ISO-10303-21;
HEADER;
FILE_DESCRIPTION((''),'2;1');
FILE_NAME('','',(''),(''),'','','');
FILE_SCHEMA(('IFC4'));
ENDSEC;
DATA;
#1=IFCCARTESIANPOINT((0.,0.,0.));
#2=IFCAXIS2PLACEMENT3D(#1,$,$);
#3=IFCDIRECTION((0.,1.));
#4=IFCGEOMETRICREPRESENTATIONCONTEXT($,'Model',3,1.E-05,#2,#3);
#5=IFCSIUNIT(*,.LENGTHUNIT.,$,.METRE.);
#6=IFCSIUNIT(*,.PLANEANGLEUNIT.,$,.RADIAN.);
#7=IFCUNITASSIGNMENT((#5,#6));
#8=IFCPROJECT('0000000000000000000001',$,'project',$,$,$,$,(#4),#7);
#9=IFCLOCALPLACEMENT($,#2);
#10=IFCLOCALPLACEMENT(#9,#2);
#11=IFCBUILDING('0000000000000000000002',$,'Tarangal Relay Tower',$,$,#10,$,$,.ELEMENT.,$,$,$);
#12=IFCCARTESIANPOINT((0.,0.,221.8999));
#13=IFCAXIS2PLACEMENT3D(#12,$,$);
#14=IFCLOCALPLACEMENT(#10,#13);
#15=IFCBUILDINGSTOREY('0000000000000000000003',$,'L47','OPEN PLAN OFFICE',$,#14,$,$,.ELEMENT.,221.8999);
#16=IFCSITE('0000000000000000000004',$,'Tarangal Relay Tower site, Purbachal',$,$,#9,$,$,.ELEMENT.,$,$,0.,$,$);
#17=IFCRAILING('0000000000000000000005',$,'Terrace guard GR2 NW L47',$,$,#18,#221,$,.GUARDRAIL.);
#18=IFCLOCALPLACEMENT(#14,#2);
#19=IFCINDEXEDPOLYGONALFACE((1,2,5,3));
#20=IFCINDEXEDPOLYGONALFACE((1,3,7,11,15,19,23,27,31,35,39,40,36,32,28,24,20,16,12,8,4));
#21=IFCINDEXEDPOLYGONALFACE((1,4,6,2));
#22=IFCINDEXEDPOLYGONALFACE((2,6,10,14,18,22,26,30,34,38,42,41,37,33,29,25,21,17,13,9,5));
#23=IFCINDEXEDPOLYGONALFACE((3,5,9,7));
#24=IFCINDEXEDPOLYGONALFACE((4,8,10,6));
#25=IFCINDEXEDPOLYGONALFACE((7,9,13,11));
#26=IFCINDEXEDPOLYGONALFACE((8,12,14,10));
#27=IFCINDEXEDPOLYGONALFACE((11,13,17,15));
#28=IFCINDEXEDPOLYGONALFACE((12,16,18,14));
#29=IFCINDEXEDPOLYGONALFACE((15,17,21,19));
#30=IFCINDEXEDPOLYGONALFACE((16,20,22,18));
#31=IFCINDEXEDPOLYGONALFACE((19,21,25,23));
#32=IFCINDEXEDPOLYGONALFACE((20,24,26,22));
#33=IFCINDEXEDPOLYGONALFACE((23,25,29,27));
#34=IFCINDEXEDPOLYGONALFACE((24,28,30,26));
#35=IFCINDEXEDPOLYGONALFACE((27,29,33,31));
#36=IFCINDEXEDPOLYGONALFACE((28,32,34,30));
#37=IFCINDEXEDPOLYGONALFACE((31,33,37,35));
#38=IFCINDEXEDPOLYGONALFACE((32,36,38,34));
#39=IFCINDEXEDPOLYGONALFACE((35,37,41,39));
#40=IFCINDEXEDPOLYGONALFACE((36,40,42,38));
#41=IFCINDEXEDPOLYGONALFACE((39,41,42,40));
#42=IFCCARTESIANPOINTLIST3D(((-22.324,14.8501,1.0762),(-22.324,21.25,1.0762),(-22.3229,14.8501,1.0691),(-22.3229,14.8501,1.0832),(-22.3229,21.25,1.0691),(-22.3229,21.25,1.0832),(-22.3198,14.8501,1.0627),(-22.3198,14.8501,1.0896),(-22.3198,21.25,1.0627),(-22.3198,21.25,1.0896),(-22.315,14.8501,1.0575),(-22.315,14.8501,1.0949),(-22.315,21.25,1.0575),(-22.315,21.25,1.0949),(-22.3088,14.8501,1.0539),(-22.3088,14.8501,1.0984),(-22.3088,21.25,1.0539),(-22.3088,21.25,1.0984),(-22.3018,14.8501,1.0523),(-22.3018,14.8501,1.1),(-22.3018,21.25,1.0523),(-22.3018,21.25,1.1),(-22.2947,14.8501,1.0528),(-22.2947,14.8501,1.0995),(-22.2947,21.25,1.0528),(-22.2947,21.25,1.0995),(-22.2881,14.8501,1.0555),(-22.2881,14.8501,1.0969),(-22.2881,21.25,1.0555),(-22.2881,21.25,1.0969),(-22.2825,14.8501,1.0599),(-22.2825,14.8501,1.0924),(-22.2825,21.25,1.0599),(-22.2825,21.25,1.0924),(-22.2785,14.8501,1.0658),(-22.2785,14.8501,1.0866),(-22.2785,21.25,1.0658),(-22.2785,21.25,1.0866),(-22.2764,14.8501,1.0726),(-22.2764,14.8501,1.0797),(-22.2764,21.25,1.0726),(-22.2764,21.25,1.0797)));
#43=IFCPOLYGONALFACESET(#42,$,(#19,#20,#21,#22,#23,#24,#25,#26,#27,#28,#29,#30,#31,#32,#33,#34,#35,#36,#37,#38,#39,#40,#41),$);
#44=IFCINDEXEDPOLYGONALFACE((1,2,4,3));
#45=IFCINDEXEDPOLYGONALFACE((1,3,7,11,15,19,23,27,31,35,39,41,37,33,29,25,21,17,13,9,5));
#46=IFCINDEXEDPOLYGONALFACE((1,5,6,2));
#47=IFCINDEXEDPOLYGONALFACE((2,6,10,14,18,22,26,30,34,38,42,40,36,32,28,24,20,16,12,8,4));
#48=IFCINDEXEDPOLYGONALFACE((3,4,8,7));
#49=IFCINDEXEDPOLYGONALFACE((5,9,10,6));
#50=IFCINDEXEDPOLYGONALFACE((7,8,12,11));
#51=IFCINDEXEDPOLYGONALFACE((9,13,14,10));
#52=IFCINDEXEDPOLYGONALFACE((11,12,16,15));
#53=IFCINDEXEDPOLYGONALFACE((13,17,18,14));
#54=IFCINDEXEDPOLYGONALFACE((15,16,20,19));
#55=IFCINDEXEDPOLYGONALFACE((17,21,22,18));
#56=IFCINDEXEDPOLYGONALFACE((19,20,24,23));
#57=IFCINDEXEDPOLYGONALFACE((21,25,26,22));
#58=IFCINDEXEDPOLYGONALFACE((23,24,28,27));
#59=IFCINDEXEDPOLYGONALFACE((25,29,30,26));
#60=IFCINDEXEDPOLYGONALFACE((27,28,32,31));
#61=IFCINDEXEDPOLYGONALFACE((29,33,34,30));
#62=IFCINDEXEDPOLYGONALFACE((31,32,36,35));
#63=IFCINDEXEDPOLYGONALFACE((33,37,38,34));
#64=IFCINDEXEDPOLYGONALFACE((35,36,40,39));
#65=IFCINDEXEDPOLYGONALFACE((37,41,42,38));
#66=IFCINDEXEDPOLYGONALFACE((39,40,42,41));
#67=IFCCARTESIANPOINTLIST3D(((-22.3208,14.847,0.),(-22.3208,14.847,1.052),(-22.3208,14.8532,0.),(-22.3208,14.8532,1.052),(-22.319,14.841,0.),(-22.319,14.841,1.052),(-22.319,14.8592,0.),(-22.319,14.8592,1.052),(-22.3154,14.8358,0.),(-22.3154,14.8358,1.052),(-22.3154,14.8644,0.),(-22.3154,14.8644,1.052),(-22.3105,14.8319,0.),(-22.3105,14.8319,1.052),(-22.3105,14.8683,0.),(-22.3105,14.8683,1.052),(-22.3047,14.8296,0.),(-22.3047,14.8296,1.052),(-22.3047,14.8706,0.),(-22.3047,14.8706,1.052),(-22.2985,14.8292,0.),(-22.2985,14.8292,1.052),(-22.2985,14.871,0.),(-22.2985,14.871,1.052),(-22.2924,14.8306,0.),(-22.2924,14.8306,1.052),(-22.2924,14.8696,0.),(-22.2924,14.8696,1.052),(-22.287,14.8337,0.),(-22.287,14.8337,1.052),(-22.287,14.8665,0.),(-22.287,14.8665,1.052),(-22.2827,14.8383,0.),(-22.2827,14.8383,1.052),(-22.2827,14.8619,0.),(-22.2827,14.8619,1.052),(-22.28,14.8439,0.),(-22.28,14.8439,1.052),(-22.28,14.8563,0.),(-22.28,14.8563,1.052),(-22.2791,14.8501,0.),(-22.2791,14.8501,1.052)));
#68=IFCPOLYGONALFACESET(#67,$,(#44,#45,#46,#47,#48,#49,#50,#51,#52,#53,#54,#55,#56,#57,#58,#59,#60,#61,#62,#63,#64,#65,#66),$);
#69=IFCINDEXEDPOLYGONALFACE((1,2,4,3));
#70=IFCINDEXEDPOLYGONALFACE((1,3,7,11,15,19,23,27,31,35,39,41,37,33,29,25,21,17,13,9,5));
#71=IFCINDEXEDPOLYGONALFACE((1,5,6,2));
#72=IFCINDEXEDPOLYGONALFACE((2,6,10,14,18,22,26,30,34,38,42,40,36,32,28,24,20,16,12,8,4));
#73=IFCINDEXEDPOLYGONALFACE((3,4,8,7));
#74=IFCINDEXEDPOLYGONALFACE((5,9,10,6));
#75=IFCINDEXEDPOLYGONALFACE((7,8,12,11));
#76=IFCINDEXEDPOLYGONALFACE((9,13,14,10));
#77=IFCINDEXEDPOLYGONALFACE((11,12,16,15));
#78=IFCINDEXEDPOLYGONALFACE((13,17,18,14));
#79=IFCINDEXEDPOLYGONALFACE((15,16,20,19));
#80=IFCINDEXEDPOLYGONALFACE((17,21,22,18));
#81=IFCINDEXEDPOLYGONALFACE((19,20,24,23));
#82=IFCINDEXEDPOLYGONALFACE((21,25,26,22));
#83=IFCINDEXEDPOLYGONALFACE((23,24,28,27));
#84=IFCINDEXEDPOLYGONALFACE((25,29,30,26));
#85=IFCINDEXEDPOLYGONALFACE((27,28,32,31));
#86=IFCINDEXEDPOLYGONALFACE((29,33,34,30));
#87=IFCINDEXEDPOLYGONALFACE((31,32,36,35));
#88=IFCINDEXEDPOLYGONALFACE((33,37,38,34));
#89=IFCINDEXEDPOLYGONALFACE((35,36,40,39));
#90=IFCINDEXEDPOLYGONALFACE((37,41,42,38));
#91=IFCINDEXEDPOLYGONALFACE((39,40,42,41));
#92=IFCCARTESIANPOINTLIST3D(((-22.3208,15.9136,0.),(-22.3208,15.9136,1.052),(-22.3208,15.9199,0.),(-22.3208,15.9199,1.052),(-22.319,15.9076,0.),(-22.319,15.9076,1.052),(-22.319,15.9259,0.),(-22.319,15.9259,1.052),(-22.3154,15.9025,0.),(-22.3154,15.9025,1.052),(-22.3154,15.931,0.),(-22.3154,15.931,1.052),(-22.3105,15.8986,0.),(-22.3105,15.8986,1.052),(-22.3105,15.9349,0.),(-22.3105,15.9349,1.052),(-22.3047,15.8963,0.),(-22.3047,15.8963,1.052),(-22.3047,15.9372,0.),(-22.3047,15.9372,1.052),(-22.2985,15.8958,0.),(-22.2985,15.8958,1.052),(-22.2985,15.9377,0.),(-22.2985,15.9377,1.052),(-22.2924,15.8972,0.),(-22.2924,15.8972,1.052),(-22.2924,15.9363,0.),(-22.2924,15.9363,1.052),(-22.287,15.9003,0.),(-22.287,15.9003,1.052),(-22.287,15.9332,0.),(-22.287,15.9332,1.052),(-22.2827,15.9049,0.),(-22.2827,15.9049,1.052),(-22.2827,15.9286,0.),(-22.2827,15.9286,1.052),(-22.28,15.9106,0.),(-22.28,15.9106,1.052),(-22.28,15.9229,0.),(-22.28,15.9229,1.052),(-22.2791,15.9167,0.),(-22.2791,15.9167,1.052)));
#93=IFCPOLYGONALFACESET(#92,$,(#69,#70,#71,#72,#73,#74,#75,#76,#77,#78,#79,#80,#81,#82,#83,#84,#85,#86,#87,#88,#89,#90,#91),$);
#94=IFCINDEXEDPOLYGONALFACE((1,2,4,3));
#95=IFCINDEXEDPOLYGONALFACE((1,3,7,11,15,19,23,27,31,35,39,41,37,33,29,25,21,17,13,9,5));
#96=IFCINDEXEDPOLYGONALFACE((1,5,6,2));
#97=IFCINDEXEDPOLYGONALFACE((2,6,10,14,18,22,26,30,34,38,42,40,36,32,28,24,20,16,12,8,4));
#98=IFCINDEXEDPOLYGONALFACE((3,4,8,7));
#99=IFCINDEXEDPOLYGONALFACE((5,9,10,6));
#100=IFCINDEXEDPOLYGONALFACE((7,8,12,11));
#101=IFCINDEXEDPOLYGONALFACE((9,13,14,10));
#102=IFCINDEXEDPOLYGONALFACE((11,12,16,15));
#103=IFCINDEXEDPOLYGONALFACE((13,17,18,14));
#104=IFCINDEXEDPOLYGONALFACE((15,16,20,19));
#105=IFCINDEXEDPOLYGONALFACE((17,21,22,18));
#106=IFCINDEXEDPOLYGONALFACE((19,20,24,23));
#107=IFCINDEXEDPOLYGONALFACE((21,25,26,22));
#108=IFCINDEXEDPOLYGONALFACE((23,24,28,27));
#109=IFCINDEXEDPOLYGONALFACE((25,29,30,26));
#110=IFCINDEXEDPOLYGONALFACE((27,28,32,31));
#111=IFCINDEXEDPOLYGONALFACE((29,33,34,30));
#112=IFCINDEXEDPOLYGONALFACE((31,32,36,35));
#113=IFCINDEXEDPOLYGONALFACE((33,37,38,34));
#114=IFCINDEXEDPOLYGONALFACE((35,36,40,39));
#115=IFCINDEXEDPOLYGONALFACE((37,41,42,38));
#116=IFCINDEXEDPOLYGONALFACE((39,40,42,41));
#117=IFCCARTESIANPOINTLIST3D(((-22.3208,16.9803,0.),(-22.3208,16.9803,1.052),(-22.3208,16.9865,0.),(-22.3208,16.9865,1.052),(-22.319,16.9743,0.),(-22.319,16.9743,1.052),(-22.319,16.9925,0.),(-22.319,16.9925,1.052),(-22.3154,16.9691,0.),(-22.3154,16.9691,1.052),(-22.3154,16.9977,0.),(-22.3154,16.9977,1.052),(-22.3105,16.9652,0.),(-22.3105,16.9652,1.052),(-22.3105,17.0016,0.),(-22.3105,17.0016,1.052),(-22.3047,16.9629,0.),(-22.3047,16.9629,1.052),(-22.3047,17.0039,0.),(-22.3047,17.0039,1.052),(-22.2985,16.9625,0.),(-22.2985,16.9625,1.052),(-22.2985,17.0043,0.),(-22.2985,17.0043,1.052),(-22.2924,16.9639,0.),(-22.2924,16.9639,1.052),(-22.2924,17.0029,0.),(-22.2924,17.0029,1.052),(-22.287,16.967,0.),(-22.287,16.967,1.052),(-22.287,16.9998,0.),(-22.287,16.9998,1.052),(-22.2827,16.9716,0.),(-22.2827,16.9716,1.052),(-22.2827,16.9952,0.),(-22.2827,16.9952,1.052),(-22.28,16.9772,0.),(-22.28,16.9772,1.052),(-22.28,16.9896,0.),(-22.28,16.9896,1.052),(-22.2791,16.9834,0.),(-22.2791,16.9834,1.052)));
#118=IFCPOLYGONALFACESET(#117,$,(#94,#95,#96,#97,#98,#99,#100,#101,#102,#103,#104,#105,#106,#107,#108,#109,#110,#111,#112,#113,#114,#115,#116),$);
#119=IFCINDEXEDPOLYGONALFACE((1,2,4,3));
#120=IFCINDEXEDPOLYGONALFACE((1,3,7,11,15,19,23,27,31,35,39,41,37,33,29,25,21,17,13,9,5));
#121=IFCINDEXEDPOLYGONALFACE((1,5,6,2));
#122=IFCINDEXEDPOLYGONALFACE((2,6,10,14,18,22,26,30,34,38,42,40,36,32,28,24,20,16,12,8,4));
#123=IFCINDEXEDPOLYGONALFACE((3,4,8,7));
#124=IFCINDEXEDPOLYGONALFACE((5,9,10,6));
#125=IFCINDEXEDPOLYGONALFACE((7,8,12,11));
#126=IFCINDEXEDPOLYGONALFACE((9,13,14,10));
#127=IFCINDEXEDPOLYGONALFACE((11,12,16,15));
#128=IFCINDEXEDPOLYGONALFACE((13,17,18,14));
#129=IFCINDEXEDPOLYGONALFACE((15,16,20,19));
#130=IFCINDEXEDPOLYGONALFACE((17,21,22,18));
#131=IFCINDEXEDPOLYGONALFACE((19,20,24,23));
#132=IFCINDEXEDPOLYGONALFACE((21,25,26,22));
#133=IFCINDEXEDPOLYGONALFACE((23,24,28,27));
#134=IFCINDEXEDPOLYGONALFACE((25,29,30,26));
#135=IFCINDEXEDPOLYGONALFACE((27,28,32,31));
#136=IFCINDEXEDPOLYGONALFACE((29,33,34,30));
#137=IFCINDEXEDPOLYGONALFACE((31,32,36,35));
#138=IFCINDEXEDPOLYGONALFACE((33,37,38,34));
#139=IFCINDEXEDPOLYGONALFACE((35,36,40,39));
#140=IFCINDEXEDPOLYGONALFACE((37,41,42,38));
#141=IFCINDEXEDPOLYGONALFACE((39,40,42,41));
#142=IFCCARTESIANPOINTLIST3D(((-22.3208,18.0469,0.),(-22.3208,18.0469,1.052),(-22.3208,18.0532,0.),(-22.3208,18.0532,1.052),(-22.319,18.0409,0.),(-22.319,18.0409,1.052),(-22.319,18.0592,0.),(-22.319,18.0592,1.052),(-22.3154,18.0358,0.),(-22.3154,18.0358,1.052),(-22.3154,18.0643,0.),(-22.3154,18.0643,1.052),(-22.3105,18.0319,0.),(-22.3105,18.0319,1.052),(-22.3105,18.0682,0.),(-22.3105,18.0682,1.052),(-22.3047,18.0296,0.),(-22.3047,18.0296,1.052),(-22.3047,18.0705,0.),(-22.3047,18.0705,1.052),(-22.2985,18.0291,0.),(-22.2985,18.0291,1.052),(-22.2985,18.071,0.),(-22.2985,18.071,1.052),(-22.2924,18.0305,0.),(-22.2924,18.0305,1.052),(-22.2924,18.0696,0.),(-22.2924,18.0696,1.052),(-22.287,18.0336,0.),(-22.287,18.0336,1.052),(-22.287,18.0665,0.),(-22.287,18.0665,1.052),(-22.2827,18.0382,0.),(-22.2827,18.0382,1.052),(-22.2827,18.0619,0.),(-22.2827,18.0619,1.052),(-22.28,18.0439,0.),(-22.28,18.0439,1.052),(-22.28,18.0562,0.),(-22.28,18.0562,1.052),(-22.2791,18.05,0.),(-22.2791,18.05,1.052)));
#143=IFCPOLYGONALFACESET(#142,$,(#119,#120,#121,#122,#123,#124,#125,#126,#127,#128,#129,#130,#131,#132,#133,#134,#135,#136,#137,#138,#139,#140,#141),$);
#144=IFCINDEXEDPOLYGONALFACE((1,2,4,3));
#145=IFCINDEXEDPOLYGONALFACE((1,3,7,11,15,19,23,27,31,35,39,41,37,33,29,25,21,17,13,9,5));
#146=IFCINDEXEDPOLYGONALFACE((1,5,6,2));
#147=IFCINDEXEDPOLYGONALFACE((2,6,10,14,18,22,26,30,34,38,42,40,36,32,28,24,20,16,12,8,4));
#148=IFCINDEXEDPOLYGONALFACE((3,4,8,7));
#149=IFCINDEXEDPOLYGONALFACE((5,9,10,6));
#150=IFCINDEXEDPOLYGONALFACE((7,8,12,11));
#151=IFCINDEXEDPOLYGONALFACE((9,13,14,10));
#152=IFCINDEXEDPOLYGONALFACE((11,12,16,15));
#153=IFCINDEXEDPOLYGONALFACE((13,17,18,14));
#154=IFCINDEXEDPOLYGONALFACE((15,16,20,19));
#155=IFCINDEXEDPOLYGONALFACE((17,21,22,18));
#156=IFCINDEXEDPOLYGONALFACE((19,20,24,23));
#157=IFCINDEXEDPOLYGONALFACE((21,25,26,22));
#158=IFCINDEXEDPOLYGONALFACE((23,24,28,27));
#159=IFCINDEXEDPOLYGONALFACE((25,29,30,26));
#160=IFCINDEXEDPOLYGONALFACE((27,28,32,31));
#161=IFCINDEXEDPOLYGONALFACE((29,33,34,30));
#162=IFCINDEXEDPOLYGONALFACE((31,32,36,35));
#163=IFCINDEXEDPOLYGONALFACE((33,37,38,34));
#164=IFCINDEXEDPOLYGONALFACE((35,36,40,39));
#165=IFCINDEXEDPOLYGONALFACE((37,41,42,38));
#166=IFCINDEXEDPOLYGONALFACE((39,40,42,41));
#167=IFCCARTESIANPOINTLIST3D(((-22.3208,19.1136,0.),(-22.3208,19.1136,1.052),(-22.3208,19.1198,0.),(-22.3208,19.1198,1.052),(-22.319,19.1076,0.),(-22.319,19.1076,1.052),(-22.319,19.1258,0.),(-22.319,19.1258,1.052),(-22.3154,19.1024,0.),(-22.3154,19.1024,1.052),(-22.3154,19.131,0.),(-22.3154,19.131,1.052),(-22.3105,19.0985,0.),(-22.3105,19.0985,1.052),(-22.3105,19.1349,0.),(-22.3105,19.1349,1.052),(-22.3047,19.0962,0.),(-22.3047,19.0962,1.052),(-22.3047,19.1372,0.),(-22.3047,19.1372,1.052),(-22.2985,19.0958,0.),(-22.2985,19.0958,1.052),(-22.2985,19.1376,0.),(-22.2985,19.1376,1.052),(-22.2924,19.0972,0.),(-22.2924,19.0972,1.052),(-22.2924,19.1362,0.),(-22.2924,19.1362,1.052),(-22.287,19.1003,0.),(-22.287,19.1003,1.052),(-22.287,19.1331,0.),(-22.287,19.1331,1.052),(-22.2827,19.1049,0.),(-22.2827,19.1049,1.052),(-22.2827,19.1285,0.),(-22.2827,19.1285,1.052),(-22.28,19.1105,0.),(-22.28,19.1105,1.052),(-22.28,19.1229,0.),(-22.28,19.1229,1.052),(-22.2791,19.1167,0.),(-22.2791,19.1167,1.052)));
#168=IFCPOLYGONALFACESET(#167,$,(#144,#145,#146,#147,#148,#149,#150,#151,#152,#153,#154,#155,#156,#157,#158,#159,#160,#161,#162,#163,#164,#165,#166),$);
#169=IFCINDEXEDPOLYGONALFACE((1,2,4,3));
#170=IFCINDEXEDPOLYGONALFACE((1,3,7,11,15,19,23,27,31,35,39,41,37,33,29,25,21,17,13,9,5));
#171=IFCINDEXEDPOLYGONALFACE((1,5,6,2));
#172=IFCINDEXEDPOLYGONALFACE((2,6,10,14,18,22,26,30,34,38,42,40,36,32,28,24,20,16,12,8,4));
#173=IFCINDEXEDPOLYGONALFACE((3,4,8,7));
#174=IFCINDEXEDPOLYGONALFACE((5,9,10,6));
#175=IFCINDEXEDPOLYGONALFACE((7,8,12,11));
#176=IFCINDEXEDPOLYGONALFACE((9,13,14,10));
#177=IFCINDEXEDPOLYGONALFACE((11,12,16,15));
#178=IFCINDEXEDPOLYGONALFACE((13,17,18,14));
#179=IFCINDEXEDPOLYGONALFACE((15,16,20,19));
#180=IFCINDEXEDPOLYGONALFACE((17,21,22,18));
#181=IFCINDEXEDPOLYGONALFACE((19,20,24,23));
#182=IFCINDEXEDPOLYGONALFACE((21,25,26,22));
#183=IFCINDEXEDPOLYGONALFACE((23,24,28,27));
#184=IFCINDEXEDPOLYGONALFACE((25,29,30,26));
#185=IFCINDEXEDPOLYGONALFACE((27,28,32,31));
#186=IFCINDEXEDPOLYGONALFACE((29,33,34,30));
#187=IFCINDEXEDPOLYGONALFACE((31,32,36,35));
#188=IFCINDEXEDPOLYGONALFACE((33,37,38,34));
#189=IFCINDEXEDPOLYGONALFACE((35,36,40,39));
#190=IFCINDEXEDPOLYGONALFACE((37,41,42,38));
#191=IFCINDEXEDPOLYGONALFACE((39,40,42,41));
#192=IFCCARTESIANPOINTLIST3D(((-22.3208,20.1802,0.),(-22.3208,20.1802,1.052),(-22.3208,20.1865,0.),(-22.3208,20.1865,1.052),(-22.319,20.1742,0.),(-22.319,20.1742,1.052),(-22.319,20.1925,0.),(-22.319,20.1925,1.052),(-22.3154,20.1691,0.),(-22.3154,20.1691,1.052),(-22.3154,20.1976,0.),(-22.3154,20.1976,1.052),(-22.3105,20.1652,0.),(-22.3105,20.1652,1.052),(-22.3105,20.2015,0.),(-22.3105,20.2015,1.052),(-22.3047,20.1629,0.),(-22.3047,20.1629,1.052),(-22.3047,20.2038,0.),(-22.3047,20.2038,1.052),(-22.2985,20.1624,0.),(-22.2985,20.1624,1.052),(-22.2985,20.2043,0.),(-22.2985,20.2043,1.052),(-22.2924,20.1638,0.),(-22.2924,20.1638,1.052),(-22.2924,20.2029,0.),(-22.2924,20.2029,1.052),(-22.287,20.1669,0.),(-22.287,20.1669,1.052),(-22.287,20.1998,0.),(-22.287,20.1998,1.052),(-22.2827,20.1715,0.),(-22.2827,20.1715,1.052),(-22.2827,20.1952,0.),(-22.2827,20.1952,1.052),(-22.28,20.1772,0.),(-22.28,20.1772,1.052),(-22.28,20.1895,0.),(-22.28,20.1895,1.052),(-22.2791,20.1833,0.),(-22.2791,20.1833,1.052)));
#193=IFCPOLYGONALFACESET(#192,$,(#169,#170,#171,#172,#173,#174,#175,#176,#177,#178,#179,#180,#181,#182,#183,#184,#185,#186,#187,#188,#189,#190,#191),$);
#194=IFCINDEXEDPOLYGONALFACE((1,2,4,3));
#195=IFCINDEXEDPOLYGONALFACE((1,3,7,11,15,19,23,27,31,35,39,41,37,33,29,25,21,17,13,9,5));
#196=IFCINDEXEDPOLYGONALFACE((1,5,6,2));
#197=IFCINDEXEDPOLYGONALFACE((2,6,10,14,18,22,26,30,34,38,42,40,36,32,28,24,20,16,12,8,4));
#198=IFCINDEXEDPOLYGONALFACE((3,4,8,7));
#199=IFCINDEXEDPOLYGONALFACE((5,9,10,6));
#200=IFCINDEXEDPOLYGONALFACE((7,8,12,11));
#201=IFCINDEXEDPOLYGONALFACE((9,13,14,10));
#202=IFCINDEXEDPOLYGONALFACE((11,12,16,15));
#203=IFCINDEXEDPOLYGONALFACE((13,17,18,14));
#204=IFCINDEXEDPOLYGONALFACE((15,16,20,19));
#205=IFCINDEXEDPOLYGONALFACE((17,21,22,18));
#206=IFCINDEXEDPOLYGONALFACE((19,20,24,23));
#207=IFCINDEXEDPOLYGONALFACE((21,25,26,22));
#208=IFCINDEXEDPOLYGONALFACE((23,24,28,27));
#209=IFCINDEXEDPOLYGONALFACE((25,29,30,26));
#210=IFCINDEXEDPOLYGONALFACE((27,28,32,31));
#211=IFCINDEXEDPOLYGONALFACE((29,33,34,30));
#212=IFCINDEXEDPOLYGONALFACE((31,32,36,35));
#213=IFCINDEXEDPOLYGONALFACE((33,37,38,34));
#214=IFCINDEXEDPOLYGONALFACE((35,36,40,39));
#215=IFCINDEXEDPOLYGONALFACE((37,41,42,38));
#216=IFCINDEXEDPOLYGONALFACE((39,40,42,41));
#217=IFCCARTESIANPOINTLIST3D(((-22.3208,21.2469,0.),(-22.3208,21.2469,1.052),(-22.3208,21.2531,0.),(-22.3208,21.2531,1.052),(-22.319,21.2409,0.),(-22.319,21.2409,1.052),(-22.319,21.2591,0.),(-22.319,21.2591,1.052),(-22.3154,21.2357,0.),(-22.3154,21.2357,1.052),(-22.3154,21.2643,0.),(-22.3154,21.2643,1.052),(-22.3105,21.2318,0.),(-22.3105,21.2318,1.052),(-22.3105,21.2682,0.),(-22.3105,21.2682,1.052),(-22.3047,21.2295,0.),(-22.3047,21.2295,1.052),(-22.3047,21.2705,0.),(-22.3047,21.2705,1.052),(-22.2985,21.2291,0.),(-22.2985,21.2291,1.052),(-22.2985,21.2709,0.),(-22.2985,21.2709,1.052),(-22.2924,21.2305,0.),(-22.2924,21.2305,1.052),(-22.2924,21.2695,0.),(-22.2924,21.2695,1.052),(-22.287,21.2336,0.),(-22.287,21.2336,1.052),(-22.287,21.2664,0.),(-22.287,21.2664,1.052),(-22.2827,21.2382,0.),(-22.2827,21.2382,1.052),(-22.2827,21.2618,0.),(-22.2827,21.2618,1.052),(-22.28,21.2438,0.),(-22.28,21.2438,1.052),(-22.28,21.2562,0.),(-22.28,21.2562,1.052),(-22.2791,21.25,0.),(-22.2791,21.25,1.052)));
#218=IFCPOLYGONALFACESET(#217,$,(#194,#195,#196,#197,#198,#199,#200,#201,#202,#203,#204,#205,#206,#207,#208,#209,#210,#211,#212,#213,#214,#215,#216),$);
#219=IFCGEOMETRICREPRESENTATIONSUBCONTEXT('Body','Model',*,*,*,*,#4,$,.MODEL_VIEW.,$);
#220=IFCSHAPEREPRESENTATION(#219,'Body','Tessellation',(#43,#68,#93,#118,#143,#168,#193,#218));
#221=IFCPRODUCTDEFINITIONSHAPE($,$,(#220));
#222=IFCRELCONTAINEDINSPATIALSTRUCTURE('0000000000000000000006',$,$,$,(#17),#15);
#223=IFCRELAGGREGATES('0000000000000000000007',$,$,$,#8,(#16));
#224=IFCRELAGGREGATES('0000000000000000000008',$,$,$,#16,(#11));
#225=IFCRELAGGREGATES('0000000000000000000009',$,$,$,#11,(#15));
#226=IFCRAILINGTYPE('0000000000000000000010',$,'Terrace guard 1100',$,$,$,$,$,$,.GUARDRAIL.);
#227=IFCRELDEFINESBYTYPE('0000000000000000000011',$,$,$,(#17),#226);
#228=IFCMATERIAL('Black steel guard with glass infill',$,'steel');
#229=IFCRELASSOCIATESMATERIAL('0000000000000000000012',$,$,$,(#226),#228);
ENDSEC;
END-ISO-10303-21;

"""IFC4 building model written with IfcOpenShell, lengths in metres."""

from ifc_helpers import new_model, si_unit, direction, frame, origin, origin_2d, place, context, subcontext, project, spatial, circle, extrude, material, type_object, element, save


model = new_model("IFC4")

# Units and contexts
model_context = context("Model", 3, precision=1e-05, world=origin(), true_north=direction((0.0, 1.0)))
body_context = subcontext(model_context, "Body", "Model", "MODEL_VIEW")
ifc_project = project(units=[si_unit("LENGTHUNIT", "METRE"), si_unit("PLANEANGLEUNIT", "RADIAN")], contexts=[model_context])

# Site, building, storey
site_placement = place(None, origin())
site = spatial("IfcSite", under=ifc_project, at=site_placement, Name="Tarangal Relay Tower site, Purbachal", CompositionType="ELEMENT", RefElevation=0.0)
building_placement = place(site_placement, origin())
building = spatial("IfcBuilding", under=site, at=building_placement, Name="Tarangal Relay Tower", CompositionType="ELEMENT")
storey_placement = place(building_placement, frame((0.0, 0.0, 221.8999)))
storey = spatial("IfcBuildingStorey", under=building, at=storey_placement, Name="L47", Description="OPEN PLAN OFFICE", CompositionType="ELEMENT", Elevation=221.8999)

# Railing
ifc_material_1 = material(Name="Black steel guard with glass infill", Category="steel")
railing_type = type_object("IfcRailingType", Name="Terrace guard 1100", PredefinedType="GUARDRAIL", material=ifc_material_1)
railing_1_placement = place(storey_placement, frame((-22.3, 14.8501, 0.0)))
element("IfcRailing", 1, at=railing_1_placement, inside=storey, type_object=railing_type, Name="Terrace guard GR2 NW L47", PredefinedType="GUARDRAIL", context=body_context, shape_type="SweptSolid", body=[
    extrude(circle(Radius=0.0239, at=origin_2d()), frame((0.0, 0.0, 1.0762), z_axis=(0.0, 1.0, 0.0), x_axis=(-1.0, 0.0, 0.0)), (0.0, 0.0, 1.0), 6.3999),
    extrude(circle(Radius=0.021, at=origin_2d()), origin(), (0.0, 0.0, 1.0), 1.052),
    extrude(circle(Radius=0.021, at=origin_2d()), frame((0.0, 1.0667, 0.0)), (0.0, 0.0, 1.0), 1.052),
    extrude(circle(Radius=0.021, at=origin_2d()), frame((0.0, 2.1333, 0.0)), (0.0, 0.0, 1.0), 1.052),
    extrude(circle(Radius=0.021, at=origin_2d()), frame((0.0, 3.2, 0.0)), (0.0, 0.0, 1.0), 1.052),
    extrude(circle(Radius=0.021, at=origin_2d()), frame((0.0, 4.2666, 0.0)), (0.0, 0.0, 1.0), 1.052),
    extrude(circle(Radius=0.021, at=origin_2d()), frame((0.0, 5.3333, 0.0)), (0.0, 0.0, 1.0), 1.052),
    extrude(circle(Radius=0.021, at=origin_2d()), frame((0.0, 6.3999, 0.0)), (0.0, 0.0, 1.0), 1.052),
])

save(model, "model.ifc")
